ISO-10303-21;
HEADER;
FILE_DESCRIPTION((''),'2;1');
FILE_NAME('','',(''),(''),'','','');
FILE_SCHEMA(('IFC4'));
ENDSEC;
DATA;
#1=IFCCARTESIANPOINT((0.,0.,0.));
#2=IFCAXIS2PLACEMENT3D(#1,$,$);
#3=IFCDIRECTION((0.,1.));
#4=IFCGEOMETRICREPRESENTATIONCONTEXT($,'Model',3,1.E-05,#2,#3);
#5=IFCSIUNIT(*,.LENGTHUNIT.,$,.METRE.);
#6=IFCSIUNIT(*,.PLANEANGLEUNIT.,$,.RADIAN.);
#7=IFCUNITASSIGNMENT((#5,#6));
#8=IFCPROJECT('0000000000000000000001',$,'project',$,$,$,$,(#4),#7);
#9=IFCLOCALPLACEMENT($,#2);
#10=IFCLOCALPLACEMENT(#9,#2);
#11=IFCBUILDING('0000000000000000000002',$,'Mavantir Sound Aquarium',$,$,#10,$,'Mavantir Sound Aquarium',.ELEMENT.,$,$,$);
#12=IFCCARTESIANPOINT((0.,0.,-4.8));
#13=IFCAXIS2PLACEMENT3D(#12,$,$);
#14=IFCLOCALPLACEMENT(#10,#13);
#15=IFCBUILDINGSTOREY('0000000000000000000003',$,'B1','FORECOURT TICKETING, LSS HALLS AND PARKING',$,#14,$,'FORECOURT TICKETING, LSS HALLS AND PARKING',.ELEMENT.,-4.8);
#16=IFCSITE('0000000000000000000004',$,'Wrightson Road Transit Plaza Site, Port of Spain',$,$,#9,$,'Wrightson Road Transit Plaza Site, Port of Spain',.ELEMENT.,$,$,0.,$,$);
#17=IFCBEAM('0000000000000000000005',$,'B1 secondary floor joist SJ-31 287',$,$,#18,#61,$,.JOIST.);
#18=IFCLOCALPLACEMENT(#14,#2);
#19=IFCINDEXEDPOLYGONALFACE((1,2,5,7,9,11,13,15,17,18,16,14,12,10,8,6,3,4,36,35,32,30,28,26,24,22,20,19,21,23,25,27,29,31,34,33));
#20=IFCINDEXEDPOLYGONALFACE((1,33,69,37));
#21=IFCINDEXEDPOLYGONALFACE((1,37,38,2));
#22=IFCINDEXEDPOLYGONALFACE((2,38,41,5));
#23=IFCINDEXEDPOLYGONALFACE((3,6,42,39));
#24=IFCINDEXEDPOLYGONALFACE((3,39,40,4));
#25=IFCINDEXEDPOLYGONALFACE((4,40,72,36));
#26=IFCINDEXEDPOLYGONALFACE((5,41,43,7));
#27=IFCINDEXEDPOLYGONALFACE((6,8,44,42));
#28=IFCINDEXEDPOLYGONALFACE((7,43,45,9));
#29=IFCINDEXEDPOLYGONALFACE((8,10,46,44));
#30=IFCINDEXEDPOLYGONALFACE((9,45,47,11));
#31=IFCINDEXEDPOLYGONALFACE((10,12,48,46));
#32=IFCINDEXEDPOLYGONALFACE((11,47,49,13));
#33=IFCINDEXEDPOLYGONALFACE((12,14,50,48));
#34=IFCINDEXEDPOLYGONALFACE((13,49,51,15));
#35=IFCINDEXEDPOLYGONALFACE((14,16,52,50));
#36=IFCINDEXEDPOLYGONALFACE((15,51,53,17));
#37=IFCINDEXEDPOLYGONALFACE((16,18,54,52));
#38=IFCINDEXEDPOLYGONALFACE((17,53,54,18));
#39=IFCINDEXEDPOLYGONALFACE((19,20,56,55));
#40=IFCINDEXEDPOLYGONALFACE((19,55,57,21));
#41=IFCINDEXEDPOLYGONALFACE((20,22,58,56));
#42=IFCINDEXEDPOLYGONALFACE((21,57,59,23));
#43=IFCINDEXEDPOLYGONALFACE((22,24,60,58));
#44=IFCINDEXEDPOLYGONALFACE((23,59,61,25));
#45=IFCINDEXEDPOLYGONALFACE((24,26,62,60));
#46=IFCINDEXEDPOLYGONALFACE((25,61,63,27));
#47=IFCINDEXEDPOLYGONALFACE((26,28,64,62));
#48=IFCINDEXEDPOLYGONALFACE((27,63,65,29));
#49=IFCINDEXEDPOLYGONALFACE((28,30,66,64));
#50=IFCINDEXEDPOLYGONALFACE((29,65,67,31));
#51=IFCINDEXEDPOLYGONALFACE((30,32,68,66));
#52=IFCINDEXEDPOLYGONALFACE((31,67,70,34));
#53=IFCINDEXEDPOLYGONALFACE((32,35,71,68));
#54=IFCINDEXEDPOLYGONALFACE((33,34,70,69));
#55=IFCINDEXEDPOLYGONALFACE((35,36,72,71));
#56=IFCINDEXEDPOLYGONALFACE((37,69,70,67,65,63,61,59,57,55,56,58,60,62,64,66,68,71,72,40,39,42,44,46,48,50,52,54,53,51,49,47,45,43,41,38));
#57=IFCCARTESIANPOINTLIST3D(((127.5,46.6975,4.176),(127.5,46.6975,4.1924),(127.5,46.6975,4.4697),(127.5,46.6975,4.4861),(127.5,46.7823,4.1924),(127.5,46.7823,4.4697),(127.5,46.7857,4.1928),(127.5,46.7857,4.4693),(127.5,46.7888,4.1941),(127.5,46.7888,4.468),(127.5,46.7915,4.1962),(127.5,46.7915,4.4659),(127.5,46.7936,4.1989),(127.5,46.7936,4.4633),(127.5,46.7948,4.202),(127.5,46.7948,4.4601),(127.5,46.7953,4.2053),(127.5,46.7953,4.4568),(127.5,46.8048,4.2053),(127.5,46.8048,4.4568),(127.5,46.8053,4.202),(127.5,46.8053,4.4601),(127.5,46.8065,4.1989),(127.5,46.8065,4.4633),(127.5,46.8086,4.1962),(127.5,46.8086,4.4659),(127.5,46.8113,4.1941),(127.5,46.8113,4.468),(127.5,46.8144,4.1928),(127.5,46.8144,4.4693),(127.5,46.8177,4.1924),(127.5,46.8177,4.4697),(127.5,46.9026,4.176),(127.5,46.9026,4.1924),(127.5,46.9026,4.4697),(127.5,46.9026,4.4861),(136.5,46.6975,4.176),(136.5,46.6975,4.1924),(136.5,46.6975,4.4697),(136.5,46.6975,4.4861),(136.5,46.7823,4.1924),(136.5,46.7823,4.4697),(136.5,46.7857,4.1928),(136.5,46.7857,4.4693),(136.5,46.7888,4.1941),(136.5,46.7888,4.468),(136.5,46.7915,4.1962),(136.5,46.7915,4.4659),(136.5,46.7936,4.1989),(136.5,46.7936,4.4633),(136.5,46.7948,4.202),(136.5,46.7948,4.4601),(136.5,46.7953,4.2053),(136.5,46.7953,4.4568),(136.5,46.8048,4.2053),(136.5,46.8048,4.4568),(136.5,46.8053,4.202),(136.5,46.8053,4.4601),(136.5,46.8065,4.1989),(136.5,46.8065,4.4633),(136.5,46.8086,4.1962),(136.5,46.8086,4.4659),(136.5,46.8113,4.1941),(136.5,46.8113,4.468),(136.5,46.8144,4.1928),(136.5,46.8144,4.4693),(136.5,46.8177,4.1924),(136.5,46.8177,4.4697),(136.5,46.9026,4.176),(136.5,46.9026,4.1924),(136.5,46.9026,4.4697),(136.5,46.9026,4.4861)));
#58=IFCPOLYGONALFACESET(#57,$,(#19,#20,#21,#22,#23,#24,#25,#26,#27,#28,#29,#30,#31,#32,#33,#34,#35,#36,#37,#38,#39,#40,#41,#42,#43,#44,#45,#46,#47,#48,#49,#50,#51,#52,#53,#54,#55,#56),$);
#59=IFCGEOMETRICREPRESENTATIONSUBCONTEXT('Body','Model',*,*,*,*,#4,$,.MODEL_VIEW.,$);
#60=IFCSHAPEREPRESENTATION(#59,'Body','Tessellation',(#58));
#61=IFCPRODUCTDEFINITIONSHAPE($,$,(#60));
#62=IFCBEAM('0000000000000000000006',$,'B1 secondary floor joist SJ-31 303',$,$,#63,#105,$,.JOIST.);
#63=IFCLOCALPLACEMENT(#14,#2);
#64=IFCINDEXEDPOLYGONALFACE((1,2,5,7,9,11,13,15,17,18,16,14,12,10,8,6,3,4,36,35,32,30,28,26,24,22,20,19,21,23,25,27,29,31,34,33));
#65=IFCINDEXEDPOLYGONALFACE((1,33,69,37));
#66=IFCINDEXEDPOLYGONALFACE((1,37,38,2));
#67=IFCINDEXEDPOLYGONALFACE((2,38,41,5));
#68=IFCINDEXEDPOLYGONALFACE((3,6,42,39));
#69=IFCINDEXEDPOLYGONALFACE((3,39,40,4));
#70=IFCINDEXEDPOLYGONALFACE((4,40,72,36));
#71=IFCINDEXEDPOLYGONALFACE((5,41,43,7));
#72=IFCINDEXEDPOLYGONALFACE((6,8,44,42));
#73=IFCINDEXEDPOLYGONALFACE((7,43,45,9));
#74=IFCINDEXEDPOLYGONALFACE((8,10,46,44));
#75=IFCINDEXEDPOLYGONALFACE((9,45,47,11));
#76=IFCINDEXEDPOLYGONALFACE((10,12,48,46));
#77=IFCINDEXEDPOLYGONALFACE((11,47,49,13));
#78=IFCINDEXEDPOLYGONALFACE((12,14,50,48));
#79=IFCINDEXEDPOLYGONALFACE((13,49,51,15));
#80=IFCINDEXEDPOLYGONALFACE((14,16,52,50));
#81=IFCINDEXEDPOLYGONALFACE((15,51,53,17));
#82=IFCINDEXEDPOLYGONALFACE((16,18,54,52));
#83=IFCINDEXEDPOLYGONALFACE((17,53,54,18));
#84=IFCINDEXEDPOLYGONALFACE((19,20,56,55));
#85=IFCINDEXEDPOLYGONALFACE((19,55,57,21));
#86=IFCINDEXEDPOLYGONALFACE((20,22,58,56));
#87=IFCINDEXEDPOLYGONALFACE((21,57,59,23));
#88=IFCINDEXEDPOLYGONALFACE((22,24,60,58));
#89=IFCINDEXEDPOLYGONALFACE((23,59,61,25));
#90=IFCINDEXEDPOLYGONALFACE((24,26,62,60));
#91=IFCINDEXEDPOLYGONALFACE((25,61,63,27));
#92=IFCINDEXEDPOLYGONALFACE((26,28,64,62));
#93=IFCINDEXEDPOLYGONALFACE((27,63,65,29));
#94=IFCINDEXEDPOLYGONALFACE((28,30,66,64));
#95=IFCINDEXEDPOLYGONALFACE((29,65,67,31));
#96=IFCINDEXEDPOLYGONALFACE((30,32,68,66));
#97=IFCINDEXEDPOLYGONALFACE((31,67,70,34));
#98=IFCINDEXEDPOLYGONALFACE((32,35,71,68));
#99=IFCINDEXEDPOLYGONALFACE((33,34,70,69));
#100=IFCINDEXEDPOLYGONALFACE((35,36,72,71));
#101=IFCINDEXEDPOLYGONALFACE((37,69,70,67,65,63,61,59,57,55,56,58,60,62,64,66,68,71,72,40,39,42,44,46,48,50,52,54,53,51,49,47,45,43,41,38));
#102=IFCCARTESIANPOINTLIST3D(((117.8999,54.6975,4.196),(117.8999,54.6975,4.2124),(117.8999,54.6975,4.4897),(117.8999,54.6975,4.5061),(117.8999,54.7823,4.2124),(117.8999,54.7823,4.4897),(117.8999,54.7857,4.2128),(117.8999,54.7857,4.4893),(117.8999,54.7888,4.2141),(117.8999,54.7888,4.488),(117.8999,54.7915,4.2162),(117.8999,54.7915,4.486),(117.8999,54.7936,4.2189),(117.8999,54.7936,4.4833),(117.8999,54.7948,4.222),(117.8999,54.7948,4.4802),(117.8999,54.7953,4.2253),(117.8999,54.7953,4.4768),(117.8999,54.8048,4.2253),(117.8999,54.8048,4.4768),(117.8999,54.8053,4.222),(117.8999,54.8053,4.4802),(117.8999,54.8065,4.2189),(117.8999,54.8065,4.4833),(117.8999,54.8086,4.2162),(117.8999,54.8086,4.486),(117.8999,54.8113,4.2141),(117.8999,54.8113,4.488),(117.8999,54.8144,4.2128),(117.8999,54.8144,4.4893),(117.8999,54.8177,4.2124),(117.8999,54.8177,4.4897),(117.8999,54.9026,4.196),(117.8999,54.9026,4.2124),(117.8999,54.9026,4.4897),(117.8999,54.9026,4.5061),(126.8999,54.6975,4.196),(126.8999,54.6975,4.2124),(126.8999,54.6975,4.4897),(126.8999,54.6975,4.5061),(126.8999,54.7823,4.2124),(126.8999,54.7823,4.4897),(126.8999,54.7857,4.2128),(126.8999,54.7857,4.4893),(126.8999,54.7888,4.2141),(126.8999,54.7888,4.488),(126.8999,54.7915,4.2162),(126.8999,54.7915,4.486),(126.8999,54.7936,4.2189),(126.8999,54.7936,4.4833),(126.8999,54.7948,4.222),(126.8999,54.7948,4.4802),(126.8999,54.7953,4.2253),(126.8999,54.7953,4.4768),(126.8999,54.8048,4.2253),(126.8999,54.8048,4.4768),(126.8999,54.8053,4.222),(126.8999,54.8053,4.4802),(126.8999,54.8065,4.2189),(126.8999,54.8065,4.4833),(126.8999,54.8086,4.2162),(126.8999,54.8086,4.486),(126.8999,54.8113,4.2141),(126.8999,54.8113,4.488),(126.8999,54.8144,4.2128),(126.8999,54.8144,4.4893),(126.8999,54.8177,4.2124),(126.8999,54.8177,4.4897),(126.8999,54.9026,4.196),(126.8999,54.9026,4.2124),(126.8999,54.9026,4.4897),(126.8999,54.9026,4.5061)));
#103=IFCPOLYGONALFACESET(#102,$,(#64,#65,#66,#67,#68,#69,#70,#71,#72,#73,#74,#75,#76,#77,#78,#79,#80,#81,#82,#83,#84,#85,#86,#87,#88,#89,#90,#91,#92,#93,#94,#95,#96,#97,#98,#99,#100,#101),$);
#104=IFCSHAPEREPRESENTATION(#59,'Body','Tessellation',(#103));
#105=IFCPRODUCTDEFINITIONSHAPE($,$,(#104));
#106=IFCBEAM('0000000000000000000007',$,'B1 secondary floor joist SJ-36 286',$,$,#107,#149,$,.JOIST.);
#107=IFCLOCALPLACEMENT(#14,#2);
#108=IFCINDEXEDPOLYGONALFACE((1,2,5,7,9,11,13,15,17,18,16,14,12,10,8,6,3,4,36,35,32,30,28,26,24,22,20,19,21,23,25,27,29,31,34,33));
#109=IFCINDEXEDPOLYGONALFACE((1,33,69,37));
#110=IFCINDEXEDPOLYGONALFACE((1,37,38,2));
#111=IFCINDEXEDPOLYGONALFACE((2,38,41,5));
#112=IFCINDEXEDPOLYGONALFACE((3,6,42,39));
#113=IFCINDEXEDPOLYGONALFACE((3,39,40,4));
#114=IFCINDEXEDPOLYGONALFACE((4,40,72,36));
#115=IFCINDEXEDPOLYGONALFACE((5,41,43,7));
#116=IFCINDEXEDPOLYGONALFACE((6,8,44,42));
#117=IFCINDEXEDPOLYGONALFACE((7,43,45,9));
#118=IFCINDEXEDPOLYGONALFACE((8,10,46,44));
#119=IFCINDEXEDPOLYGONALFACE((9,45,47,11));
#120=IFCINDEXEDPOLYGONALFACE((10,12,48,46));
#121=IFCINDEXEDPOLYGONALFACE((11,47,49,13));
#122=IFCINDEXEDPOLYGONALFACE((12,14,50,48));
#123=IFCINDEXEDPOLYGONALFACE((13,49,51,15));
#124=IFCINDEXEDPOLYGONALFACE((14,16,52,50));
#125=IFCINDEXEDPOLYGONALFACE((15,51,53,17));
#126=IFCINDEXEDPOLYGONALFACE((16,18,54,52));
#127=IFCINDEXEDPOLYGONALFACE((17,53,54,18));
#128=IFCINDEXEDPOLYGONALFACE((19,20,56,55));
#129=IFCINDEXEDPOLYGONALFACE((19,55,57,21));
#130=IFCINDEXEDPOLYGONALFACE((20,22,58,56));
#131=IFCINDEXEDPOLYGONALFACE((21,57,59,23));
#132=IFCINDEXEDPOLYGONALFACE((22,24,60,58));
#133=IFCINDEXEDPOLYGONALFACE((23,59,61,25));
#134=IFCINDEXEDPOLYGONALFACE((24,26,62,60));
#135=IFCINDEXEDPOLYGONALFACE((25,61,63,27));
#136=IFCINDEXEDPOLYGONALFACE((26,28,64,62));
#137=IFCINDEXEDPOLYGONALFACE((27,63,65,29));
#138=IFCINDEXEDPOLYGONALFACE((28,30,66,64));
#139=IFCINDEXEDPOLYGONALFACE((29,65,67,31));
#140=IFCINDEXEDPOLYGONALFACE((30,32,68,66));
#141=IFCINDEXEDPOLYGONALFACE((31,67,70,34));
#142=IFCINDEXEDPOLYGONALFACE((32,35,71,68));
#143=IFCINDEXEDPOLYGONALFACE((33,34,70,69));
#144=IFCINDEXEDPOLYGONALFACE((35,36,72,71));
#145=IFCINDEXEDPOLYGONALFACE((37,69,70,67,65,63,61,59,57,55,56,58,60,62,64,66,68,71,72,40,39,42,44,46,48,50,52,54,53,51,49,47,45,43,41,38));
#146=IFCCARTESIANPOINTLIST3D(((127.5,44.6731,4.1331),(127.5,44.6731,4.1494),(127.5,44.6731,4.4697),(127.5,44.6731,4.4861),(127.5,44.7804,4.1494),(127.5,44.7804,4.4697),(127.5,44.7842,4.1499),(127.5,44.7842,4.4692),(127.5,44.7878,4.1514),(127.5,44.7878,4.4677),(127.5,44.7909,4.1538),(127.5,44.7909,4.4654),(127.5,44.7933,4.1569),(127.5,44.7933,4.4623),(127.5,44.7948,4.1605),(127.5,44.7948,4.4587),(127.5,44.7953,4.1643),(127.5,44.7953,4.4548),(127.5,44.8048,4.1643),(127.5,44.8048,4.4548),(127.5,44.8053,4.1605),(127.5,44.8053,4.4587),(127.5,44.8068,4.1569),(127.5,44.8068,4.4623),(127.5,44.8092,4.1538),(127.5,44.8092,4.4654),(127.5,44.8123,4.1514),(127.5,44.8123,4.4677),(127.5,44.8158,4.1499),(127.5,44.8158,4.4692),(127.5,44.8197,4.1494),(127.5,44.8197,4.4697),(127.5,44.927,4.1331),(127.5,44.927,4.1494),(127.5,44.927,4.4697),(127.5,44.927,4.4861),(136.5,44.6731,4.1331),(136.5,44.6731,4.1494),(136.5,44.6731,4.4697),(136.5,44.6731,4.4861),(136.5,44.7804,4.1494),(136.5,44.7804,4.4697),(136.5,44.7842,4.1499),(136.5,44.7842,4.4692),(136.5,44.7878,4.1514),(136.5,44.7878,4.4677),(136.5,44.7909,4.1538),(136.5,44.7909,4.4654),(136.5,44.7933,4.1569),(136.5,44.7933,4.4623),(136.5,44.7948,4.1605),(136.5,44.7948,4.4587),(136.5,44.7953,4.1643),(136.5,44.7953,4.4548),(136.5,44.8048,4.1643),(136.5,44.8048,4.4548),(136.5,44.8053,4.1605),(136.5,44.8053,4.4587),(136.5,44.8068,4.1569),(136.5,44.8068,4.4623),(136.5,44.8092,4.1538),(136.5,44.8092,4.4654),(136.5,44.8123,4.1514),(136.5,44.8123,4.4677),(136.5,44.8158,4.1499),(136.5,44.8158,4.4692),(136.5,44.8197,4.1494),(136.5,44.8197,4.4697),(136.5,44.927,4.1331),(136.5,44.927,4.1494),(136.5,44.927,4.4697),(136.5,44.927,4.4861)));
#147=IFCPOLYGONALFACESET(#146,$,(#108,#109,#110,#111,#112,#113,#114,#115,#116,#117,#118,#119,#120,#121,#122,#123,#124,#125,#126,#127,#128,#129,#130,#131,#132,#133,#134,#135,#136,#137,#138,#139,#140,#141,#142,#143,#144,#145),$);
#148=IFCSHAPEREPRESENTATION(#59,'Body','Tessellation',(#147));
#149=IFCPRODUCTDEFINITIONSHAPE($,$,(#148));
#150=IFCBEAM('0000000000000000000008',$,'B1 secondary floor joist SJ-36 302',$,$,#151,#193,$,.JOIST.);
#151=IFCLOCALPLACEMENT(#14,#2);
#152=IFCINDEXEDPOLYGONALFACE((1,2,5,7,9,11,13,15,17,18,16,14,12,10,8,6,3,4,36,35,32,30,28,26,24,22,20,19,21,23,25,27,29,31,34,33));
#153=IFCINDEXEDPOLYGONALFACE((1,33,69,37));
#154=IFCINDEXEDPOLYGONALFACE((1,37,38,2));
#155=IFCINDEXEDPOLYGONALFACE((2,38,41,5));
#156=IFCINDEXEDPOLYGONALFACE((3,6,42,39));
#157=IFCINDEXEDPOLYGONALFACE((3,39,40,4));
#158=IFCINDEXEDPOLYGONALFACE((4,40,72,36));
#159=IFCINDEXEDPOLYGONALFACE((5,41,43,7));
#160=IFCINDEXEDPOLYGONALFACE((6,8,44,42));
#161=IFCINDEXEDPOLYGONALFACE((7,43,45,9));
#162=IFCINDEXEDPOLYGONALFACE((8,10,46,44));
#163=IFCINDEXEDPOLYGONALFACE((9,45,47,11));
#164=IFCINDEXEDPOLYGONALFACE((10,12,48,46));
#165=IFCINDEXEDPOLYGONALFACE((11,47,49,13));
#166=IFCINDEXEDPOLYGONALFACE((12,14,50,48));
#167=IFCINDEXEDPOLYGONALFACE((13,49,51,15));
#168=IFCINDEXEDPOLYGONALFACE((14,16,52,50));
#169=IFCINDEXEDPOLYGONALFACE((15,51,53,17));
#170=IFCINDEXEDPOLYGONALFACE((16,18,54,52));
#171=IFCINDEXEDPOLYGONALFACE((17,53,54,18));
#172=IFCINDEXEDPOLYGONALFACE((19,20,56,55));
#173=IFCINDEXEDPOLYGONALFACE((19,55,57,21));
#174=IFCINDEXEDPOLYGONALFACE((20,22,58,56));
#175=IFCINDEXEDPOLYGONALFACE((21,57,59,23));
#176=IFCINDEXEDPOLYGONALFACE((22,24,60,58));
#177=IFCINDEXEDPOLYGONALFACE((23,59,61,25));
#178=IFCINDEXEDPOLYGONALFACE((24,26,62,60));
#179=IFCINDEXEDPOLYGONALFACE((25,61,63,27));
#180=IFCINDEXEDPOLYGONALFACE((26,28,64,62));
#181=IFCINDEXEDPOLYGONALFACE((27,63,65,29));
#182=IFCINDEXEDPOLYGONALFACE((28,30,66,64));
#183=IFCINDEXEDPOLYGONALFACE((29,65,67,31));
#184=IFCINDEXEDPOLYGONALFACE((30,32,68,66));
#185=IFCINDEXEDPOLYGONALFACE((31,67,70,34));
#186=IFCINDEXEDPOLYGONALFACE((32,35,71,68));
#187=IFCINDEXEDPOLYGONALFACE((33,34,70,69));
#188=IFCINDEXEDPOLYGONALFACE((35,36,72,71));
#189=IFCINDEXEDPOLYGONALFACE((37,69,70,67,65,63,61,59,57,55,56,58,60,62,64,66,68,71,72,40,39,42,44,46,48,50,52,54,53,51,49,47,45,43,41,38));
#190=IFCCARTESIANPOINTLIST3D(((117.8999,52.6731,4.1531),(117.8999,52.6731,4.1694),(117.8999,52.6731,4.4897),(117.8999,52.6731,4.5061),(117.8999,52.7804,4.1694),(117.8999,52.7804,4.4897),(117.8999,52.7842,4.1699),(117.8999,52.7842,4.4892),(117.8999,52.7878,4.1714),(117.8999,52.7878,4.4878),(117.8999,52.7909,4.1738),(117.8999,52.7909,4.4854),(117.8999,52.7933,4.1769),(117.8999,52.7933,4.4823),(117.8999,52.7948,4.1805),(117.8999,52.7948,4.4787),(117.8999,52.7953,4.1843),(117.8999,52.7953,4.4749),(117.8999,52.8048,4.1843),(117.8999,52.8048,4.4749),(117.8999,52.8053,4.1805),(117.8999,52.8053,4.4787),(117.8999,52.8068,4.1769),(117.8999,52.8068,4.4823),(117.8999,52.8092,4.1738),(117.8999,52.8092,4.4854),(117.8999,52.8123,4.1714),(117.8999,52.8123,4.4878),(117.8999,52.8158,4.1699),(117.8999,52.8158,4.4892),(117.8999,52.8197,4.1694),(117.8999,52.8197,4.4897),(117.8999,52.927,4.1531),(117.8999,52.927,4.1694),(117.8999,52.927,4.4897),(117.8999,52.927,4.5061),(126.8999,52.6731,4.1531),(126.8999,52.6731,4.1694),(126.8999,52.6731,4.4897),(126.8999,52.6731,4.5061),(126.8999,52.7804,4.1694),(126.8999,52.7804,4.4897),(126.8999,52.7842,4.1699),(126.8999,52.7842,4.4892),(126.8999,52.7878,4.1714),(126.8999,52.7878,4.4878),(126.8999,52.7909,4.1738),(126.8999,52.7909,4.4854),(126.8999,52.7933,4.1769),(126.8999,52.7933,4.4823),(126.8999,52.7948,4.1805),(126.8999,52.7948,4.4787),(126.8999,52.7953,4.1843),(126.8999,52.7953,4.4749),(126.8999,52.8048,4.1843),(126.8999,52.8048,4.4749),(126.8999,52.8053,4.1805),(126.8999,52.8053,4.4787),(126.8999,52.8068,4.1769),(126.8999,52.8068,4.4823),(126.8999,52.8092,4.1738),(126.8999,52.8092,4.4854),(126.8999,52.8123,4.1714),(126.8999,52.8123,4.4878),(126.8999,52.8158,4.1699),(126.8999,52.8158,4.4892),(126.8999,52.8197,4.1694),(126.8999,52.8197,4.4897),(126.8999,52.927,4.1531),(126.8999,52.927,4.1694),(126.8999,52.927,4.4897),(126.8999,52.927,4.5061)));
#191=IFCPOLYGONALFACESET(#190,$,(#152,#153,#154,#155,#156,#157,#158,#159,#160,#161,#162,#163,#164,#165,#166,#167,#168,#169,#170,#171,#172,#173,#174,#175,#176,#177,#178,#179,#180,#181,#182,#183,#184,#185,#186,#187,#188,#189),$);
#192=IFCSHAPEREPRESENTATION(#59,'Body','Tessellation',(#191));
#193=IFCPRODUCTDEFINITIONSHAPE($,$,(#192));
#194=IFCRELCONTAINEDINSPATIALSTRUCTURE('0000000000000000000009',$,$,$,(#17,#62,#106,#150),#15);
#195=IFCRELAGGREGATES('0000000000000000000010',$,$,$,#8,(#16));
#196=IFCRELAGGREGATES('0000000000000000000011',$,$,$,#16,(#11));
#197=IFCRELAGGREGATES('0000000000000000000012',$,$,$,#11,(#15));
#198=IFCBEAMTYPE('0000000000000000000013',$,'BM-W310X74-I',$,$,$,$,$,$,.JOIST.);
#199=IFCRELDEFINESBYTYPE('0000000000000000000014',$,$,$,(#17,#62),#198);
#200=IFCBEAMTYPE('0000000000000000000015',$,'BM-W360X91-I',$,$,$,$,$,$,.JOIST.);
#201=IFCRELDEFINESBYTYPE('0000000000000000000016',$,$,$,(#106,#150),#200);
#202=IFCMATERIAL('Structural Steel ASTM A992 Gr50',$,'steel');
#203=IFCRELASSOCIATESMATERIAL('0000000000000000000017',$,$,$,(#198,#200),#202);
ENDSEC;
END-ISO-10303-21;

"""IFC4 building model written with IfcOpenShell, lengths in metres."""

from ifc_helpers import new_model, si_unit, direction, frame, origin, origin_2d, place, context, subcontext, project, spatial, i_section, extrude, material, material_profile, profile_set, type_object, element, save


model = new_model("IFC4")

# Units and contexts
model_context = context("Model", 3, precision=1e-05, world=origin(), true_north=direction((0.0, 1.0)))
body_context = subcontext(model_context, "Body", "Model", "MODEL_VIEW")
ifc_project = project(units=[si_unit("LENGTHUNIT", "METRE"), si_unit("PLANEANGLEUNIT", "RADIAN")], contexts=[model_context])

# Site, building, storey
site_placement = place(None, origin())
site = spatial("IfcSite", under=ifc_project, at=site_placement, Name="Wrightson Road Transit Plaza Site, Port of Spain", LongName="Wrightson Road Transit Plaza Site, Port of Spain", CompositionType="ELEMENT", RefElevation=0.0)
building_placement = place(site_placement, origin())
building = spatial("IfcBuilding", under=site, at=building_placement, Name="Mavantir Sound Aquarium", LongName="Mavantir Sound Aquarium", CompositionType="ELEMENT")
storey_placement = place(building_placement, frame((0.0, 0.0, -4.8)))
storey = spatial("IfcBuildingStorey", under=building, at=storey_placement, Name="B1", Description="FORECOURT TICKETING, LSS HALLS AND PARKING", LongName="FORECOURT TICKETING, LSS HALLS AND PARKING", CompositionType="ELEMENT", Elevation=-4.8)

# Beams
ifc_material_1 = material(Name="Structural Steel ASTM A992 Gr50", Category="steel")
ifc_material_profile_1 = material_profile(ifc_material_1, i_section(OverallWidth=0.2051, OverallDepth=0.3101, WebThickness=0.0095, FlangeThickness=0.0164, FilletRadius=0.0129, at=origin_2d()), Name="W310X74")
ifc_profile_set_1 = profile_set([ifc_material_profile_1], Name="Structural Steel ASTM A992 Gr50")
beam_type_1 = type_object("IfcBeamType", Name="BM-W310X74-I", PredefinedType="JOIST", material=ifc_profile_set_1)
for number, where, z_axis, x_axis, name in (
    (1, (127.5, 46.8, 4.3311), (1.0, 0.0, 0.0), (0.0, 1.0, 0.0), "B1 secondary floor joist SJ-31 287"),
    (2, (117.8999, 54.8, 4.3511), (1.0, 0.0, 0.0), (0.0, 1.0, 0.0), "B1 secondary floor joist SJ-31 303"),
):
    element("IfcBeam", number, at=place(storey_placement, frame(where, z_axis=z_axis, x_axis=x_axis)), inside=storey, type_object=beam_type_1, Name=name, PredefinedType="JOIST", context=body_context, shape_type="SweptSolid", body=[
        extrude(i_section(OverallWidth=0.2051, OverallDepth=0.3101, WebThickness=0.0095, FlangeThickness=0.0164, FilletRadius=0.0129, at=origin_2d()), origin(), (0.0, 0.0, 1.0), 9.0),
    ])
ifc_material_profile_2 = material_profile(ifc_material_1, i_section(OverallWidth=0.2539, OverallDepth=0.353, WebThickness=0.0095, FlangeThickness=0.0164, FilletRadius=0.0149, at=origin_2d()), Name="W360X91")
ifc_profile_set_2 = profile_set([ifc_material_profile_2], Name="Structural Steel ASTM A992 Gr50")
beam_type_2 = type_object("IfcBeamType", Name="BM-W360X91-I", PredefinedType="JOIST", material=ifc_profile_set_2)
for number, where, z_axis, x_axis, name in (
    (3, (127.5, 44.8, 4.3096), (1.0, 0.0, 0.0), (0.0, 1.0, 0.0), "B1 secondary floor joist SJ-36 286"),
    (4, (117.8999, 52.8, 4.3296), (1.0, 0.0, 0.0), (0.0, 1.0, 0.0), "B1 secondary floor joist SJ-36 302"),
):
    element("IfcBeam", number, at=place(storey_placement, frame(where, z_axis=z_axis, x_axis=x_axis)), inside=storey, type_object=beam_type_2, Name=name, PredefinedType="JOIST", context=body_context, shape_type="SweptSolid", body=[
        extrude(i_section(OverallWidth=0.2539, OverallDepth=0.353, WebThickness=0.0095, FlangeThickness=0.0164, FilletRadius=0.0149, at=origin_2d()), origin(), (0.0, 0.0, 1.0), 9.0),
    ])

save(model, "model.ifc")
